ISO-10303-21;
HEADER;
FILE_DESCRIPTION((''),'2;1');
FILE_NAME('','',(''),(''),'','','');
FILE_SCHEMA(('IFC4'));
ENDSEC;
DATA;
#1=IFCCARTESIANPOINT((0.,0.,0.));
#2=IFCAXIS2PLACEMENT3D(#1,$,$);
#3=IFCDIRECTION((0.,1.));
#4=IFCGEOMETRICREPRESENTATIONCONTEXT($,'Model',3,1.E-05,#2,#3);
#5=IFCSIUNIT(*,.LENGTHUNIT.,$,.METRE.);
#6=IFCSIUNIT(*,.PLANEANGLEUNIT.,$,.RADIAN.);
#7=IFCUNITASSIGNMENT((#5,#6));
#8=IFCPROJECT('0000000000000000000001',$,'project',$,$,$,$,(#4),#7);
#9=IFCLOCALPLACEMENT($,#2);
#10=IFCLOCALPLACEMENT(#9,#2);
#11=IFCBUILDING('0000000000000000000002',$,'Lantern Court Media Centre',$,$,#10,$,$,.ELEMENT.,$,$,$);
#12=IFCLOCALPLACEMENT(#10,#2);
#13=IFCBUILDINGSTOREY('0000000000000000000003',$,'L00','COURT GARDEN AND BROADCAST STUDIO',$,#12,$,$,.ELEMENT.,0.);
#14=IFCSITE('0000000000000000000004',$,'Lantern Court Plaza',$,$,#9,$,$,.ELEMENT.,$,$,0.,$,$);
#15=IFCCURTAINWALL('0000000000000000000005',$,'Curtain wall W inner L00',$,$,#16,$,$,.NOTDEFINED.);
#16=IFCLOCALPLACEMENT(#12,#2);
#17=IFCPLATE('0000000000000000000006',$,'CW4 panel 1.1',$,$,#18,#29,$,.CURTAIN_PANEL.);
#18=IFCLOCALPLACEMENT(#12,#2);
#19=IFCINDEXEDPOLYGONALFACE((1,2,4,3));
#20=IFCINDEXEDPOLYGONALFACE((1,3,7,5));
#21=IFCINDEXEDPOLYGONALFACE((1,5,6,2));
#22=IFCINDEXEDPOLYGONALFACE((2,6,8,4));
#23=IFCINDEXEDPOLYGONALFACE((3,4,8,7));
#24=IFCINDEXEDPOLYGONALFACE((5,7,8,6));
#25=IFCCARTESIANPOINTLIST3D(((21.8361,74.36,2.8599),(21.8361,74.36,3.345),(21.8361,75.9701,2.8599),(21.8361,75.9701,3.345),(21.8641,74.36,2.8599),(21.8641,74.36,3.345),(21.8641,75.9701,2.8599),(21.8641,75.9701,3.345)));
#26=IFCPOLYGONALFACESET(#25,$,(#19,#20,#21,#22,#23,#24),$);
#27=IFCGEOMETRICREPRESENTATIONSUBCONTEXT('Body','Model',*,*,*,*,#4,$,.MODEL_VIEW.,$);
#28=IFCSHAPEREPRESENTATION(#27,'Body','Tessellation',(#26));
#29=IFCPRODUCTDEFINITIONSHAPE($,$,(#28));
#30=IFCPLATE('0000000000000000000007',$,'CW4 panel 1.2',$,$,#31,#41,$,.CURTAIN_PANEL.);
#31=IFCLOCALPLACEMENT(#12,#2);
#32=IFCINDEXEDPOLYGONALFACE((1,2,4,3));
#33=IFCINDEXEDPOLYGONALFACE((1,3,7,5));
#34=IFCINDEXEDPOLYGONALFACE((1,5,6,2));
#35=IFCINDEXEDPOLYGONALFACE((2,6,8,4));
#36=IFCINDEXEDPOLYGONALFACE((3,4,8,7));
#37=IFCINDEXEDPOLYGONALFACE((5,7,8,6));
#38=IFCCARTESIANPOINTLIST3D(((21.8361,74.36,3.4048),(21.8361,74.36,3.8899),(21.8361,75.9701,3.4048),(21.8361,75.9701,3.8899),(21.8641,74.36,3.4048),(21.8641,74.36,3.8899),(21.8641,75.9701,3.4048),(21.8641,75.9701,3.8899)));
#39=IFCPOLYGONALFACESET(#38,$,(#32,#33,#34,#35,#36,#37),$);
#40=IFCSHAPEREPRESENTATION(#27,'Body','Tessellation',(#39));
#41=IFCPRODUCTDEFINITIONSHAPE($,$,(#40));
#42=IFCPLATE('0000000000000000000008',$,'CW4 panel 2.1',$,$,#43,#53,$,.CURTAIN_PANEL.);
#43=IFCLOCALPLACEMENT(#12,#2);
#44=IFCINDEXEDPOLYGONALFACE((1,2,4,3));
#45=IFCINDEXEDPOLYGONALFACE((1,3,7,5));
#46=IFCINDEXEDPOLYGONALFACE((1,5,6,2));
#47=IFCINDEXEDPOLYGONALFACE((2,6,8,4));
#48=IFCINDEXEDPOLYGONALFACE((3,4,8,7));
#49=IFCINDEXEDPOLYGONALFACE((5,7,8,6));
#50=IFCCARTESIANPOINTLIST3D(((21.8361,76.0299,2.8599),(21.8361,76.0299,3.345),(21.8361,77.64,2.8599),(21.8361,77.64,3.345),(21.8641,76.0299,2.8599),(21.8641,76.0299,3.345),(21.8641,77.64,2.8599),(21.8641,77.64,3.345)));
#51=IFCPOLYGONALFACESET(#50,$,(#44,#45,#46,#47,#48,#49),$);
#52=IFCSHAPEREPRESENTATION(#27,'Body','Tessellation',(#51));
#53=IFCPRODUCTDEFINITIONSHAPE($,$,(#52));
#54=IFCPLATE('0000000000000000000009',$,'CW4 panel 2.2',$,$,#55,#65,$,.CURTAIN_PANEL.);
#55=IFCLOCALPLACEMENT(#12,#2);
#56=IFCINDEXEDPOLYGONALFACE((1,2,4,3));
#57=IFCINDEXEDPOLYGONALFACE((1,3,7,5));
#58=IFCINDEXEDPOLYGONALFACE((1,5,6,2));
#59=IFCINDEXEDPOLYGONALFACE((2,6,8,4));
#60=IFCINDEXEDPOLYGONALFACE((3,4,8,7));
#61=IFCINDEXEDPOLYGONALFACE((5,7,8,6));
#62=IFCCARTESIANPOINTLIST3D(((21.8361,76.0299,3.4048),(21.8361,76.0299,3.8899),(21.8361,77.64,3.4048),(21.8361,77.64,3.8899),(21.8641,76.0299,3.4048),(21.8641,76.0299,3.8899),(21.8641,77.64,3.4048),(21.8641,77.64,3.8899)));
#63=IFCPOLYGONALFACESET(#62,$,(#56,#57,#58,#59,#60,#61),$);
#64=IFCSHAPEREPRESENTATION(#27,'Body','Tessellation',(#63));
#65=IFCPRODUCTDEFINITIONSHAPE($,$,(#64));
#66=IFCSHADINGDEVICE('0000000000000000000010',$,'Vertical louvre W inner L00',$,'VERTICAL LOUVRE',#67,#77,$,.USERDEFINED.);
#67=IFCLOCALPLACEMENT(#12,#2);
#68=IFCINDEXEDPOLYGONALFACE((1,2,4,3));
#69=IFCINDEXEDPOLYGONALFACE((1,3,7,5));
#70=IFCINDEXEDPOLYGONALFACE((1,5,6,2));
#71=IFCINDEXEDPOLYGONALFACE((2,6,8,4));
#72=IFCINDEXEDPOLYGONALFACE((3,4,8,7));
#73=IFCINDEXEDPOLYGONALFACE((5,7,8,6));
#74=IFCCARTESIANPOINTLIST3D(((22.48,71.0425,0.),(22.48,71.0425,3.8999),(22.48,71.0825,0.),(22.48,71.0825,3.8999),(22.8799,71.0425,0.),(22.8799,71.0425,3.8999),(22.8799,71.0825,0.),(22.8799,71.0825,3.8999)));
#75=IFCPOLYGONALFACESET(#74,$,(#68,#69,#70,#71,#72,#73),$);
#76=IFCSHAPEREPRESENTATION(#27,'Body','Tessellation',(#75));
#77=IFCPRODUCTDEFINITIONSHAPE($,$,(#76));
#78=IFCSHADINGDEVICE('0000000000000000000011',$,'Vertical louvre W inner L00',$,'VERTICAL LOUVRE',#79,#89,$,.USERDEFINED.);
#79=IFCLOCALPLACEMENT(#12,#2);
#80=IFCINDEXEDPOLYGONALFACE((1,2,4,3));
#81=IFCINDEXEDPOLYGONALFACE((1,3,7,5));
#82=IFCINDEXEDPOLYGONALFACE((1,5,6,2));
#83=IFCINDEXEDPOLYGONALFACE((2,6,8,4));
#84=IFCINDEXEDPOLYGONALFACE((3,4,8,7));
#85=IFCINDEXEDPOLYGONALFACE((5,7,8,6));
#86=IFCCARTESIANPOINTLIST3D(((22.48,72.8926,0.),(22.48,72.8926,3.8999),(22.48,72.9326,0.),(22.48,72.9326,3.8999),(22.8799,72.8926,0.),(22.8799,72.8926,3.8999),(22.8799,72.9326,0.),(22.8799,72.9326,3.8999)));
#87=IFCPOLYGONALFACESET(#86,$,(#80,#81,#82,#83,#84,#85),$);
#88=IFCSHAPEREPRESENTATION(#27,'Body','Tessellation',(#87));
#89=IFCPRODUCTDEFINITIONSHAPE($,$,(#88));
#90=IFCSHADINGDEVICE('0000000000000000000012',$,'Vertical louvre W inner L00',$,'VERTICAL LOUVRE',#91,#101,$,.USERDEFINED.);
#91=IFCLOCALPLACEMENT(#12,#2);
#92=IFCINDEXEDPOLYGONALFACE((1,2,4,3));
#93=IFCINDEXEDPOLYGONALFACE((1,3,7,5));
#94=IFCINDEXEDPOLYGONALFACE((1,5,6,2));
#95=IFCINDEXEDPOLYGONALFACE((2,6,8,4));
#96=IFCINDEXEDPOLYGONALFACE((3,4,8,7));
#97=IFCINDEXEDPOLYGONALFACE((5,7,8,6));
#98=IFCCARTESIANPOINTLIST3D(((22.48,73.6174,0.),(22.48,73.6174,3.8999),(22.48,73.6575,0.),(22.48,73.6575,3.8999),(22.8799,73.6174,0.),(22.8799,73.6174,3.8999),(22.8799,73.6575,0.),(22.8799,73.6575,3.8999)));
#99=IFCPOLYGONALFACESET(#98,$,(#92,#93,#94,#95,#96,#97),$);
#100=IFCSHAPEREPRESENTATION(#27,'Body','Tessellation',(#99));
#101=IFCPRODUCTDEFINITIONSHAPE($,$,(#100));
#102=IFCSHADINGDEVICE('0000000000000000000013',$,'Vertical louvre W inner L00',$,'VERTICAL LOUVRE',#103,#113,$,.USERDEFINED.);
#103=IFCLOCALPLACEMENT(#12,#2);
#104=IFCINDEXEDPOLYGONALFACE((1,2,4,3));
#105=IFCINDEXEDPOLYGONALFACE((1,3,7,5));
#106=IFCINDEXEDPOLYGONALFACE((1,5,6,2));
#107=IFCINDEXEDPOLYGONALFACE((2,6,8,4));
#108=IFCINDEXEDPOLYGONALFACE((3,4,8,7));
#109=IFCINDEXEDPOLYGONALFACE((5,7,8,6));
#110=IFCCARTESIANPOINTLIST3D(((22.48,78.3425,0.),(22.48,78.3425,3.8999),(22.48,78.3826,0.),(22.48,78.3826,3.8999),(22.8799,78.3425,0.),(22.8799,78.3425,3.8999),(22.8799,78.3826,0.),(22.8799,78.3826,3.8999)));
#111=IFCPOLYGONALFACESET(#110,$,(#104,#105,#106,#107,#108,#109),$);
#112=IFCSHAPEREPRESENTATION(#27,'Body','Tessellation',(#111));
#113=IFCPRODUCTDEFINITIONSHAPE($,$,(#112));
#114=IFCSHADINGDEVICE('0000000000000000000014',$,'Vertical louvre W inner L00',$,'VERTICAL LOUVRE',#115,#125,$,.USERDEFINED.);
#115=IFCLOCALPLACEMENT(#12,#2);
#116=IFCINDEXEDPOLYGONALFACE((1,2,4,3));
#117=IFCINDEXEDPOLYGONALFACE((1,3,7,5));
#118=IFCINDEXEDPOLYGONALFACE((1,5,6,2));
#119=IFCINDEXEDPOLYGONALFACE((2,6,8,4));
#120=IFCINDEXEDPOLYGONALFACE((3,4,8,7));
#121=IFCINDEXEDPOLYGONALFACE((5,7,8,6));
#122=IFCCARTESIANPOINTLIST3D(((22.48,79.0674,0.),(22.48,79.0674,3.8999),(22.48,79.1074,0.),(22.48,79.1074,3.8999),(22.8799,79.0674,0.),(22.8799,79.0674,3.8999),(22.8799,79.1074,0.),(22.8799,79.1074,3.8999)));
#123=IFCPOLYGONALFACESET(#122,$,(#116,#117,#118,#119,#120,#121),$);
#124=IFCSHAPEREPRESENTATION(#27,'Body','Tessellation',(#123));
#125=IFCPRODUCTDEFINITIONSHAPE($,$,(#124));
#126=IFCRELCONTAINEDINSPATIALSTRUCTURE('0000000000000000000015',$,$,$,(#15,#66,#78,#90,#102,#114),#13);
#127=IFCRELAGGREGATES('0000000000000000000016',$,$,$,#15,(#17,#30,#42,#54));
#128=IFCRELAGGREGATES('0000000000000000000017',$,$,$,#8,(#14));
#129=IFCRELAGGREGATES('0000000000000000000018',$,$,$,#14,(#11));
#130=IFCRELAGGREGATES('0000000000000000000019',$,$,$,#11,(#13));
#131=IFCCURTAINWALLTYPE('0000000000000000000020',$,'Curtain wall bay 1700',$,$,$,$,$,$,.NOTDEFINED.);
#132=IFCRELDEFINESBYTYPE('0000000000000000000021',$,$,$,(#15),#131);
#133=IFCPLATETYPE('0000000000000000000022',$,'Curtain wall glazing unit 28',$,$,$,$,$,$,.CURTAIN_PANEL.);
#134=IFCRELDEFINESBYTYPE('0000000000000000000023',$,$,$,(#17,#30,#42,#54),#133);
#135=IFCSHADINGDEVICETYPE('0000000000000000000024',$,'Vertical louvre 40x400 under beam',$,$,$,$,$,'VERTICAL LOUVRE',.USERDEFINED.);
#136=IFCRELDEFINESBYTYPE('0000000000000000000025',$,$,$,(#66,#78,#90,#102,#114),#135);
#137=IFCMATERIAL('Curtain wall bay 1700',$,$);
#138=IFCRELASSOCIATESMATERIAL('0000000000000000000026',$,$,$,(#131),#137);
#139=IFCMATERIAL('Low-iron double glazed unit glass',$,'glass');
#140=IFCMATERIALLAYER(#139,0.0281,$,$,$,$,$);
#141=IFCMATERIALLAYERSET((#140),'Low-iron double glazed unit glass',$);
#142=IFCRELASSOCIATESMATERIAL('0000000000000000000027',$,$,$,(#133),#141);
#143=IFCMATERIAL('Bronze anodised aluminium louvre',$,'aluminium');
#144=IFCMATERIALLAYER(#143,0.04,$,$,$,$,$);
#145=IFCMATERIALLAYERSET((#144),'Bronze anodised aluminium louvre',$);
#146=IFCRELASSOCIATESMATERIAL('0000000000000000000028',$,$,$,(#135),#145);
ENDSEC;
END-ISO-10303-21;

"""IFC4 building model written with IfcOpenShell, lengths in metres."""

from ifc_helpers import new_model, si_unit, direction, frame, origin, origin_2d, place, context, subcontext, project, spatial, rectangle, extrude, material, layer, layer_set, type_object, element, aggregate, save


model = new_model("IFC4")

# Units and contexts
model_context = context("Model", 3, precision=1e-05, world=origin(), true_north=direction((0.0, 1.0)))
body_context = subcontext(model_context, "Body", "Model", "MODEL_VIEW")
ifc_project = project(units=[si_unit("LENGTHUNIT", "METRE"), si_unit("PLANEANGLEUNIT", "RADIAN")], contexts=[model_context])

# Site, building, storey
site_placement = place(None, origin())
site = spatial("IfcSite", under=ifc_project, at=site_placement, Name="Lantern Court Plaza", CompositionType="ELEMENT", RefElevation=0.0)
building_placement = place(site_placement, origin())
building = spatial("IfcBuilding", under=site, at=building_placement, Name="Lantern Court Media Centre", CompositionType="ELEMENT")
storey_placement = place(building_placement, origin())
storey = spatial("IfcBuildingStorey", under=building, at=storey_placement, Name="L00", Description="COURT GARDEN AND BROADCAST STUDIO", CompositionType="ELEMENT", Elevation=0.0)

# Curtain wall
ifc_material_1 = material(Name="Curtain wall bay 1700")
curtain_wall_type_1 = type_object("IfcCurtainWallType", Name="Curtain wall bay 1700", PredefinedType="NOTDEFINED", material=ifc_material_1)
curtain_wall_1_placement = place(storey_placement, origin())
curtain_wall_1 = element("IfcCurtainWall", 1, at=curtain_wall_1_placement, inside=storey, type_object=curtain_wall_type_1, Name="Curtain wall W inner L00", PredefinedType="NOTDEFINED")

# Plates
ifc_material_2 = material(Name="Low-iron double glazed unit glass", Category="glass")
ifc_layer_1 = layer(ifc_material_2, 0.0281)
ifc_layer_set_1 = layer_set([ifc_layer_1], Name="Low-iron double glazed unit glass")
plate_type_1 = type_object("IfcPlateType", Name="Curtain wall glazing unit 28", PredefinedType="CURTAIN_PANEL", material=ifc_layer_set_1)
plate_1_placement = place(storey_placement, frame((21.8501, 75.165, 2.8599), z_axis=(0.0, 0.0, 1.0), x_axis=(0.0, 1.0, 0.0)))
plate_1 = element("IfcPlate", 2, at=plate_1_placement, type_object=plate_type_1, Name="CW4 panel 1.1", PredefinedType="CURTAIN_PANEL", context=body_context, shape_type="SweptSolid", body=[
    extrude(rectangle(XDim=1.6101, YDim=0.0281, at=origin_2d()), origin(), (0.0, 0.0, 1.0), 0.4851),
])
plate_2_placement = place(storey_placement, frame((21.8501, 75.165, 3.4048), z_axis=(0.0, 0.0, 1.0), x_axis=(0.0, 1.0, 0.0)))
plate_2 = element("IfcPlate", 3, at=plate_2_placement, type_object=plate_type_1, Name="CW4 panel 1.2", PredefinedType="CURTAIN_PANEL", context=body_context, shape_type="SweptSolid", body=[
    extrude(rectangle(XDim=1.6101, YDim=0.0281, at=origin_2d()), origin(), (0.0, 0.0, 1.0), 0.4851),
])
plate_3_placement = place(storey_placement, frame((21.8501, 76.835, 2.8599), z_axis=(0.0, 0.0, 1.0), x_axis=(0.0, 1.0, 0.0)))
plate_3 = element("IfcPlate", 4, at=plate_3_placement, type_object=plate_type_1, Name="CW4 panel 2.1", PredefinedType="CURTAIN_PANEL", context=body_context, shape_type="SweptSolid", body=[
    extrude(rectangle(XDim=1.6101, YDim=0.0281, at=origin_2d()), origin(), (0.0, 0.0, 1.0), 0.4851),
])
plate_4_placement = place(storey_placement, frame((21.8501, 76.835, 3.4048), z_axis=(0.0, 0.0, 1.0), x_axis=(0.0, 1.0, 0.0)))
plate_4 = element("IfcPlate", 5, at=plate_4_placement, type_object=plate_type_1, Name="CW4 panel 2.2", PredefinedType="CURTAIN_PANEL", context=body_context, shape_type="SweptSolid", body=[
    extrude(rectangle(XDim=1.6101, YDim=0.0281, at=origin_2d()), origin(), (0.0, 0.0, 1.0), 0.4851),
])
aggregate(curtain_wall_1, [plate_1, plate_2, plate_3, plate_4])

# Shading devices
ifc_material_3 = material(Name="Bronze anodised aluminium louvre", Category="aluminium")
ifc_layer_2 = layer(ifc_material_3, 0.04)
ifc_layer_set_2 = layer_set([ifc_layer_2], Name="Bronze anodised aluminium louvre")
shading_device_type = type_object("IfcShadingDeviceType", Name="Vertical louvre 40x400 under beam", ElementType="VERTICAL LOUVRE", PredefinedType="USERDEFINED", material=ifc_layer_set_2)
for number, where, z_axis, x_axis, name in (
    (6, (22.6799, 71.0625, 0.0), (0.0, 0.0, 1.0), (1.0, 0.0, 0.0), "Vertical louvre W inner L00"),
    (7, (22.6799, 72.9126, 0.0), (0.0, 0.0, 1.0), (1.0, 0.0, 0.0), "Vertical louvre W inner L00"),
    (8, (22.6799, 73.6375, 0.0), (0.0, 0.0, 1.0), (1.0, 0.0, 0.0), "Vertical louvre W inner L00"),
    (9, (22.6799, 78.3625, 0.0), (0.0, 0.0, 1.0), (1.0, 0.0, 0.0), "Vertical louvre W inner L00"),
    (10, (22.6799, 79.0874, 0.0), (0.0, 0.0, 1.0), (1.0, 0.0, 0.0), "Vertical louvre W inner L00"),
):
    element("IfcShadingDevice", number, at=place(storey_placement, frame(where, z_axis=z_axis, x_axis=x_axis)), inside=storey, type_object=shading_device_type, Name=name, ObjectType="VERTICAL LOUVRE", PredefinedType="USERDEFINED", context=body_context, shape_type="SweptSolid", body=[
        extrude(rectangle(XDim=0.3999, YDim=0.04, at=origin_2d()), origin(), (0.0, 0.0, 1.0), 3.8999),
    ])

save(model, "model.ifc")
